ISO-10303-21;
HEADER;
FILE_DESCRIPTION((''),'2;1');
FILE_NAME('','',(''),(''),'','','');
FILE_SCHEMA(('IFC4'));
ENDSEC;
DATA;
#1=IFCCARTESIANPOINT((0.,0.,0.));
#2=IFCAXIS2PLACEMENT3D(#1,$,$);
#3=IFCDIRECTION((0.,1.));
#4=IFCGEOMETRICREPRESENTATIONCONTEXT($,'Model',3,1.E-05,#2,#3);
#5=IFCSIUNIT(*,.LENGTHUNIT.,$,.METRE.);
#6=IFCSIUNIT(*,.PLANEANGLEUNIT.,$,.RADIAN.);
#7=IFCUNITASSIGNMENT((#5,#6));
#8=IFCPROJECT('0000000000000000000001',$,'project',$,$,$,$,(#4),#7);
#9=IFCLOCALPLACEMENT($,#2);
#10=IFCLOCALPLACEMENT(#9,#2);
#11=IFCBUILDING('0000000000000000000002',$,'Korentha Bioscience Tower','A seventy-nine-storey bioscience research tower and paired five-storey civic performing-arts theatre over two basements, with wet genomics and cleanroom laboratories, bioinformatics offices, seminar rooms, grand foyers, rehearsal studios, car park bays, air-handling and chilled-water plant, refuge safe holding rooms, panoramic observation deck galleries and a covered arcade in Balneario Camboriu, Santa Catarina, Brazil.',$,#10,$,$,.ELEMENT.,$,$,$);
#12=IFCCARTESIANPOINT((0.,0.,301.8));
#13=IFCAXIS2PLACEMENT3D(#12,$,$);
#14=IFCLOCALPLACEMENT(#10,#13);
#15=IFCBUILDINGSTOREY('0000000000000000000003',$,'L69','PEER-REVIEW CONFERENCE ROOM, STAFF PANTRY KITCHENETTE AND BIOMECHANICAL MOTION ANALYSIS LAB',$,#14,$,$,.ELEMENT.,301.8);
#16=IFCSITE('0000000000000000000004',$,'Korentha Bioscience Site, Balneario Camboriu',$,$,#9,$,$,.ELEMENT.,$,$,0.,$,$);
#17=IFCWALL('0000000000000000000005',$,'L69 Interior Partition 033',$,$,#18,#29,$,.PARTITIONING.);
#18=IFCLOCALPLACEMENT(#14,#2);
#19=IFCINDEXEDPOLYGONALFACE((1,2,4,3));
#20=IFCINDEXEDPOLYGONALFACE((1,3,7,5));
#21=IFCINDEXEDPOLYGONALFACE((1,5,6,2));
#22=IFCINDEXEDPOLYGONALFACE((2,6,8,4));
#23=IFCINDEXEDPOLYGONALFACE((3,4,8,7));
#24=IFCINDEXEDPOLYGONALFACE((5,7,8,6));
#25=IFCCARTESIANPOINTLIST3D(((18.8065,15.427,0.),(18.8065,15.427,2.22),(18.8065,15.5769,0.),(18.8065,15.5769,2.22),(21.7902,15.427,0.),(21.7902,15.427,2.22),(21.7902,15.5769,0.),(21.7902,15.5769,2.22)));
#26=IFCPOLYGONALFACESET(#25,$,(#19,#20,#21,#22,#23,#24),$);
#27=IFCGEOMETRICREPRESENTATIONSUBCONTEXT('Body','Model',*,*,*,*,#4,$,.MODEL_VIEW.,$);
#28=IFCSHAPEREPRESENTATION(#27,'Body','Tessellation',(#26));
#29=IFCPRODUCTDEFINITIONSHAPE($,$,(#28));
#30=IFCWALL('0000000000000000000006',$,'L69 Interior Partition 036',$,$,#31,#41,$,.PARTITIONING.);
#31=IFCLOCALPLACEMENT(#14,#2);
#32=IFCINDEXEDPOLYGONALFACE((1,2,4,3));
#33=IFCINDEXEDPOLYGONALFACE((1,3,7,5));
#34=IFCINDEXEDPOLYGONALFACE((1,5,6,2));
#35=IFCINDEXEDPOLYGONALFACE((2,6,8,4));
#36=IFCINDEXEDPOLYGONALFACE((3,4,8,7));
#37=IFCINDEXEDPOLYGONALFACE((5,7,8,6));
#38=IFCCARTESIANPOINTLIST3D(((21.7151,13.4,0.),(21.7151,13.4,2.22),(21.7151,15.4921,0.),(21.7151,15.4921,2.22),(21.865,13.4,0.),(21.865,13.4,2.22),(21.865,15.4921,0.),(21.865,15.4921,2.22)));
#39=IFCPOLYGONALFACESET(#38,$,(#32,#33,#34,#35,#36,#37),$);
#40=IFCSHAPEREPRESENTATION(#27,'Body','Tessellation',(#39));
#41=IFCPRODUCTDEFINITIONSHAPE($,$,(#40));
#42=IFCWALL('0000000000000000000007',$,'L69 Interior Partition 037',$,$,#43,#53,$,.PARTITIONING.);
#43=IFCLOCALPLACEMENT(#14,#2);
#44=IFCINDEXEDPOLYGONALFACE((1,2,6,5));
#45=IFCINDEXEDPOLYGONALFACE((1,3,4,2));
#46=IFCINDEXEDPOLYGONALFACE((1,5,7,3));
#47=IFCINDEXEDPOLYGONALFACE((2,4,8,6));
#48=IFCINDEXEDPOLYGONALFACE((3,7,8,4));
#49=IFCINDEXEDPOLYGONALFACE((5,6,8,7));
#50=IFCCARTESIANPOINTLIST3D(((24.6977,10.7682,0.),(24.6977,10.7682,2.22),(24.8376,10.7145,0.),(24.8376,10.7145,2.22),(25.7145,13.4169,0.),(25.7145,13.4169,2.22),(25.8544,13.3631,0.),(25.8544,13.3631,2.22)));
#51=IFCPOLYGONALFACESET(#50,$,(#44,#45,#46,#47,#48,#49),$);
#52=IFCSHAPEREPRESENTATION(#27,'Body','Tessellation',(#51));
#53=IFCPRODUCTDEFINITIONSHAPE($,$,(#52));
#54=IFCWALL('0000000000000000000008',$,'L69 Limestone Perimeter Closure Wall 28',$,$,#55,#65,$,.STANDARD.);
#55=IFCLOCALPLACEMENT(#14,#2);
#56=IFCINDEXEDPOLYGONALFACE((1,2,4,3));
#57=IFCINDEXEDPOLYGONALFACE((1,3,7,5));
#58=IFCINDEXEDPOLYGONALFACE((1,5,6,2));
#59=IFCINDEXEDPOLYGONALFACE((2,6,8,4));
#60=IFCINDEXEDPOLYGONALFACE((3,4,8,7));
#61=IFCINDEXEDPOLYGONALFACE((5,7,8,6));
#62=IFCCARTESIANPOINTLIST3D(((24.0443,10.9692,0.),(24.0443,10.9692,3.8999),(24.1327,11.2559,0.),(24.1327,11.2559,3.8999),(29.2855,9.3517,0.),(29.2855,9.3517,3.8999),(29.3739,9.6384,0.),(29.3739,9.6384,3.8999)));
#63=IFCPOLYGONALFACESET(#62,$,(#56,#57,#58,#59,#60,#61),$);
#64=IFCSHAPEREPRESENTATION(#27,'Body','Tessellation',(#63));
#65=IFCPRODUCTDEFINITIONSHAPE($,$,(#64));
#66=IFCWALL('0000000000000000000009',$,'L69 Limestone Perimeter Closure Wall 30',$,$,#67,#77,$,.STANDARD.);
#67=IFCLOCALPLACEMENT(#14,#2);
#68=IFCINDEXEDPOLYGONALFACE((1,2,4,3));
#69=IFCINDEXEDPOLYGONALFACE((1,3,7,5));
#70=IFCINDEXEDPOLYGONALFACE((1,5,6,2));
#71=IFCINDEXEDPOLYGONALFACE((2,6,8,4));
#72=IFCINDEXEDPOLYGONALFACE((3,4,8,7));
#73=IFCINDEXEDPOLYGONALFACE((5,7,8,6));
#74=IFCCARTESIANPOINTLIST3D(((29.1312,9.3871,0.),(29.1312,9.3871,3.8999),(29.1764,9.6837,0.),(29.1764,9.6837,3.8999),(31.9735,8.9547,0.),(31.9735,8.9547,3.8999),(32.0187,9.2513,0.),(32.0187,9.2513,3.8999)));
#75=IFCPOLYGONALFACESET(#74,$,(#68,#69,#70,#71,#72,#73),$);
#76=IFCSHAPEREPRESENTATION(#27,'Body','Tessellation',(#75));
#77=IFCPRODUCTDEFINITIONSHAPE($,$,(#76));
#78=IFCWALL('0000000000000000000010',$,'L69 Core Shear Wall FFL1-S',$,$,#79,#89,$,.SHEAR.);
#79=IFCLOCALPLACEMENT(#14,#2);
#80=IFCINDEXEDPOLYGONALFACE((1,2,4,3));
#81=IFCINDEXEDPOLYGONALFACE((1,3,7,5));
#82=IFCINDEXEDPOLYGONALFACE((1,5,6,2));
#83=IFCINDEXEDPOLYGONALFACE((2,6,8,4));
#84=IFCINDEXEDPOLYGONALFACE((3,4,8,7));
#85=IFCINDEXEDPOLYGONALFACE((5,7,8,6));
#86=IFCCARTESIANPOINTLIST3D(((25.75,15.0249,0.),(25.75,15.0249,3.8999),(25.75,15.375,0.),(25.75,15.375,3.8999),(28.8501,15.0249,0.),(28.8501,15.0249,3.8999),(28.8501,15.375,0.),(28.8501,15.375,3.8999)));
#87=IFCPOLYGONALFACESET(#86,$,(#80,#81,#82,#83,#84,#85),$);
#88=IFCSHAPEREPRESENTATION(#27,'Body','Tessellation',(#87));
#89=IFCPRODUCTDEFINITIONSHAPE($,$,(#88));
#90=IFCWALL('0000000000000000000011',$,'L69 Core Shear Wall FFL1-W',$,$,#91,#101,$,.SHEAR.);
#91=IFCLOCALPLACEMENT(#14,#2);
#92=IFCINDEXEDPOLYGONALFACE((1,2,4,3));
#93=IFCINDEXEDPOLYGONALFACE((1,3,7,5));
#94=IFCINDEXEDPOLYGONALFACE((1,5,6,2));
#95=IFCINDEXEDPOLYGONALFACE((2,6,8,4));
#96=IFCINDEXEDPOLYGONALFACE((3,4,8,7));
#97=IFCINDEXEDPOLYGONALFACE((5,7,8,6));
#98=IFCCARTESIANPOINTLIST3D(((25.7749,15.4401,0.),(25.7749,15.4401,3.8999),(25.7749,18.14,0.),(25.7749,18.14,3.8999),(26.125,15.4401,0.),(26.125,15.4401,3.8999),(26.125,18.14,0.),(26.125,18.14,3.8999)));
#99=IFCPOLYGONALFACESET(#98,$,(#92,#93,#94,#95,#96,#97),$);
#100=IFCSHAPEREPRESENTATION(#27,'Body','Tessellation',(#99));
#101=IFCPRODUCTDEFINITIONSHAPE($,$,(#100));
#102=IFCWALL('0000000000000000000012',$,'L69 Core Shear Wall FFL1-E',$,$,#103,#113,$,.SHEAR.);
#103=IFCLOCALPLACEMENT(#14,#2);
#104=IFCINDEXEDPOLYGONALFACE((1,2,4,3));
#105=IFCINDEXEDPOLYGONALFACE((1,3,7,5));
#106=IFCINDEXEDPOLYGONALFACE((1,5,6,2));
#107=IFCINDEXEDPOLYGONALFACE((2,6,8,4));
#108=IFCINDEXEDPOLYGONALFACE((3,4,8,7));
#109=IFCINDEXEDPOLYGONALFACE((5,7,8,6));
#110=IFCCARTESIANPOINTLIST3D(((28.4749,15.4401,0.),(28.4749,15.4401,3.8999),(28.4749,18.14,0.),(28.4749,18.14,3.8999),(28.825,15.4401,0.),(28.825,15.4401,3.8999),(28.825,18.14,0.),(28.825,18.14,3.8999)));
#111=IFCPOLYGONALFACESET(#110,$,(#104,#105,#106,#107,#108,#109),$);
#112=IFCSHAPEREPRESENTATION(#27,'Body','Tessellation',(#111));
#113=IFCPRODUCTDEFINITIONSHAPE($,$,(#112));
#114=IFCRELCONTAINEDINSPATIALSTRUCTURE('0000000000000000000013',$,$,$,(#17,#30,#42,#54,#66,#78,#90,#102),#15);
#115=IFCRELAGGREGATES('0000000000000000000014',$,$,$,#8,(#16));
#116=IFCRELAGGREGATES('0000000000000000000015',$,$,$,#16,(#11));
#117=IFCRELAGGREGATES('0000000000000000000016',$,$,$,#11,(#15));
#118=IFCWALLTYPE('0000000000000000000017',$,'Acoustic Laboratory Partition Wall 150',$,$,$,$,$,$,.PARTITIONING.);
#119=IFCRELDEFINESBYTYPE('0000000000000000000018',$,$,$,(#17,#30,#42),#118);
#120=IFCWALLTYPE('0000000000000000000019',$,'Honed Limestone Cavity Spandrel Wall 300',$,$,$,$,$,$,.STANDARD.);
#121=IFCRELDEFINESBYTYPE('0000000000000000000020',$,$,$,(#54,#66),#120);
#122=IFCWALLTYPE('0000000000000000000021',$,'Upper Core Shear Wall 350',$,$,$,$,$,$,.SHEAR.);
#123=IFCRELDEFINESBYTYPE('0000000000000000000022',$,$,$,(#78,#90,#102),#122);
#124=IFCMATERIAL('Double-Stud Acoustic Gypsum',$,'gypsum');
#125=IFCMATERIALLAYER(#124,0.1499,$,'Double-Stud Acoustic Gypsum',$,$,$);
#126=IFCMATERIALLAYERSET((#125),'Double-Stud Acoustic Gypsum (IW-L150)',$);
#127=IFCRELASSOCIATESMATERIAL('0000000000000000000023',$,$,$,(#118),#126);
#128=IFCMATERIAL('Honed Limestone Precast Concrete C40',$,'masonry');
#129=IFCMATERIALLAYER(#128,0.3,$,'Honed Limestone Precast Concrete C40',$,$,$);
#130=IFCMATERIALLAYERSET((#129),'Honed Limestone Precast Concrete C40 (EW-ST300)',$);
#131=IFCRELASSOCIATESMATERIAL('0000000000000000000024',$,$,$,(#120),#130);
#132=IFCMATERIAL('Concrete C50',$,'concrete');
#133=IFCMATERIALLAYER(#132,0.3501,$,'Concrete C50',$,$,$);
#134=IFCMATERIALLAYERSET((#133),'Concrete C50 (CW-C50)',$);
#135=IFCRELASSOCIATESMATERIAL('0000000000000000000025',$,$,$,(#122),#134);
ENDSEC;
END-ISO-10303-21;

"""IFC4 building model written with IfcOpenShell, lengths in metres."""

from ifc_helpers import new_model, si_unit, direction, frame, frame_2d, origin, place, context, subcontext, project, spatial, rectangle, extrude, material, layer, layer_set, type_object, element, save


model = new_model("IFC4")

# Units and contexts
model_context = context("Model", 3, precision=1e-05, world=origin(), true_north=direction((0.0, 1.0)))
body_context = subcontext(model_context, "Body", "Model", "MODEL_VIEW")
ifc_project = project(units=[si_unit("LENGTHUNIT", "METRE"), si_unit("PLANEANGLEUNIT", "RADIAN")], contexts=[model_context])

# Site, building, storey
site_placement = place(None, origin())
site = spatial("IfcSite", under=ifc_project, at=site_placement, Name="Korentha Bioscience Site, Balneario Camboriu", CompositionType="ELEMENT", RefElevation=0.0)
building_placement = place(site_placement, origin())
building = spatial("IfcBuilding", under=site, at=building_placement, Name="Korentha Bioscience Tower", Description="A seventy-nine-storey bioscience research tower and paired five-storey civic performing-arts theatre over two basements, with wet genomics and cleanroom laboratories, bioinformatics offices, seminar rooms, grand foyers, rehearsal studios, car park bays, air-handling and chilled-water plant, refuge safe holding rooms, panoramic observation deck galleries and a covered arcade in Balneario Camboriu, Santa Catarina, Brazil.", CompositionType="ELEMENT")
storey_placement = place(building_placement, frame((0.0, 0.0, 301.8)))
storey = spatial("IfcBuildingStorey", under=building, at=storey_placement, Name="L69", Description="PEER-REVIEW CONFERENCE ROOM, STAFF PANTRY KITCHENETTE AND BIOMECHANICAL MOTION ANALYSIS LAB", CompositionType="ELEMENT", Elevation=301.8)

# Shared definitions
ifc_material_1 = material(Name="Concrete C50", Category="concrete")

# Shared definitions
ifc_material_2 = material(Name="Double-Stud Acoustic Gypsum", Category="gypsum")
ifc_layer_1 = layer(ifc_material_2, 0.1499, Name="Double-Stud Acoustic Gypsum")
ifc_layer_set_1 = layer_set([ifc_layer_1], Name="Double-Stud Acoustic Gypsum (IW-L150)")
wall_type_1 = type_object("IfcWallType", Name="Acoustic Laboratory Partition Wall 150", PredefinedType="PARTITIONING", material=ifc_layer_set_1)

# Walls
wall_1_placement = place(storey_placement, frame((21.79, 15.502, 0.0), z_axis=(0.0, 0.0, 1.0), x_axis=(-1.0, 0.0, 0.0)))
element("IfcWall", 1, at=wall_1_placement, inside=storey, type_object=wall_type_1, Name="L69 Interior Partition 033", PredefinedType="PARTITIONING", context=body_context, shape_type="SweptSolid", body=[
    extrude(rectangle(XDim=2.9836, YDim=0.1499, at=frame_2d((1.4917, 0.0))), origin(), (0.0, 0.0, 1.0), 2.22),
])
wall_2_placement = place(storey_placement, frame((21.79, 15.4919, 0.0), z_axis=(0.0, 0.0, 1.0), x_axis=(0.0, -1.0, 0.0)))
element("IfcWall", 2, at=wall_2_placement, inside=storey, type_object=wall_type_1, Name="L69 Interior Partition 036", PredefinedType="PARTITIONING", context=body_context, shape_type="SweptSolid", body=[
    extrude(rectangle(XDim=2.092, YDim=0.1499, at=frame_2d((1.0459, 0.0))), origin(), (0.0, 0.0, 1.0), 2.22),
])
wall_3_placement = place(storey_placement, frame((25.7844, 13.3899, 0.0), z_axis=(0.0, 0.0, 1.0), x_axis=(-0.358402, -0.933567, 0.0)))
element("IfcWall", 3, at=wall_3_placement, inside=storey, type_object=wall_type_1, Name="L69 Interior Partition 037", PredefinedType="PARTITIONING", context=body_context, shape_type="SweptSolid", body=[
    extrude(rectangle(XDim=2.8372, YDim=0.1499, at=frame_2d((1.4185, 0.0))), origin(), (0.0, 0.0, 1.0), 2.22),
])
ifc_material_3 = material(Name="Honed Limestone Precast Concrete C40", Category="masonry")
ifc_layer_2 = layer(ifc_material_3, 0.3, Name="Honed Limestone Precast Concrete C40")
ifc_layer_set_2 = layer_set([ifc_layer_2], Name="Honed Limestone Precast Concrete C40 (EW-ST300)")
wall_type_2 = type_object("IfcWallType", Name="Honed Limestone Cavity Spandrel Wall 300", PredefinedType="STANDARD", material=ifc_layer_set_2)
wall_4_placement = place(storey_placement, frame((24.0884, 11.1125, 0.0), z_axis=(0.0, 0.0, 1.0), x_axis=(0.955535, -0.294877, 0.0)))
element("IfcWall", 4, at=wall_4_placement, inside=storey, type_object=wall_type_2, Name="L69 Limestone Perimeter Closure Wall 28", PredefinedType="STANDARD", context=body_context, shape_type="SweptSolid", body=[
    extrude(rectangle(XDim=5.4851, YDim=0.3, at=frame_2d((2.7427, 0.0))), origin(), (0.0, 0.0, 1.0), 3.8999),
])
wall_5_placement = place(storey_placement, frame((29.1538, 9.5354, 0.0), z_axis=(0.0, 0.0, 1.0), x_axis=(0.988627, -0.150391, 0.0)))
element("IfcWall", 5, at=wall_5_placement, inside=storey, type_object=wall_type_2, Name="L69 Limestone Perimeter Closure Wall 30", PredefinedType="STANDARD", context=body_context, shape_type="SweptSolid", body=[
    extrude(rectangle(XDim=2.875, YDim=0.3, at=frame_2d((1.4375, 0.0))), origin(), (0.0, 0.0, 1.0), 3.8999),
])
ifc_layer_3 = layer(ifc_material_1, 0.3501, Name="Concrete C50")
ifc_layer_set_3 = layer_set([ifc_layer_3], Name="Concrete C50 (CW-C50)")
wall_type_3 = type_object("IfcWallType", Name="Upper Core Shear Wall 350", PredefinedType="SHEAR", material=ifc_layer_set_3)
wall_6_placement = place(storey_placement, frame((25.75, 15.2, 0.0), z_axis=(0.0, 0.0, 1.0), x_axis=(1.0, 0.0, 0.0)))
element("IfcWall", 6, at=wall_6_placement, inside=storey, type_object=wall_type_3, Name="L69 Core Shear Wall FFL1-S", PredefinedType="SHEAR", context=body_context, shape_type="SweptSolid", body=[
    extrude(rectangle(XDim=3.1001, YDim=0.3501, at=frame_2d((1.55, 0.0))), origin(), (0.0, 0.0, 1.0), 3.8999),
])
for number, where, z_axis, x_axis, name in (
    (7, (25.95, 15.4399, 0.0), (0.0, 0.0, 1.0), (0.0, 1.0, 0.0), "L69 Core Shear Wall FFL1-W"),
    (8, (28.6499, 15.4399, 0.0), (0.0, 0.0, 1.0), (0.0, 1.0, 0.0), "L69 Core Shear Wall FFL1-E"),
):
    element("IfcWall", number, at=place(storey_placement, frame(where, z_axis=z_axis, x_axis=x_axis)), inside=storey, type_object=wall_type_3, Name=name, PredefinedType="SHEAR", context=body_context, shape_type="SweptSolid", body=[
        extrude(rectangle(XDim=2.7, YDim=0.3501, at=frame_2d((1.3501, 0.0))), origin(), (0.0, 0.0, 1.0), 3.8999),
    ])

save(model, "model.ifc")
